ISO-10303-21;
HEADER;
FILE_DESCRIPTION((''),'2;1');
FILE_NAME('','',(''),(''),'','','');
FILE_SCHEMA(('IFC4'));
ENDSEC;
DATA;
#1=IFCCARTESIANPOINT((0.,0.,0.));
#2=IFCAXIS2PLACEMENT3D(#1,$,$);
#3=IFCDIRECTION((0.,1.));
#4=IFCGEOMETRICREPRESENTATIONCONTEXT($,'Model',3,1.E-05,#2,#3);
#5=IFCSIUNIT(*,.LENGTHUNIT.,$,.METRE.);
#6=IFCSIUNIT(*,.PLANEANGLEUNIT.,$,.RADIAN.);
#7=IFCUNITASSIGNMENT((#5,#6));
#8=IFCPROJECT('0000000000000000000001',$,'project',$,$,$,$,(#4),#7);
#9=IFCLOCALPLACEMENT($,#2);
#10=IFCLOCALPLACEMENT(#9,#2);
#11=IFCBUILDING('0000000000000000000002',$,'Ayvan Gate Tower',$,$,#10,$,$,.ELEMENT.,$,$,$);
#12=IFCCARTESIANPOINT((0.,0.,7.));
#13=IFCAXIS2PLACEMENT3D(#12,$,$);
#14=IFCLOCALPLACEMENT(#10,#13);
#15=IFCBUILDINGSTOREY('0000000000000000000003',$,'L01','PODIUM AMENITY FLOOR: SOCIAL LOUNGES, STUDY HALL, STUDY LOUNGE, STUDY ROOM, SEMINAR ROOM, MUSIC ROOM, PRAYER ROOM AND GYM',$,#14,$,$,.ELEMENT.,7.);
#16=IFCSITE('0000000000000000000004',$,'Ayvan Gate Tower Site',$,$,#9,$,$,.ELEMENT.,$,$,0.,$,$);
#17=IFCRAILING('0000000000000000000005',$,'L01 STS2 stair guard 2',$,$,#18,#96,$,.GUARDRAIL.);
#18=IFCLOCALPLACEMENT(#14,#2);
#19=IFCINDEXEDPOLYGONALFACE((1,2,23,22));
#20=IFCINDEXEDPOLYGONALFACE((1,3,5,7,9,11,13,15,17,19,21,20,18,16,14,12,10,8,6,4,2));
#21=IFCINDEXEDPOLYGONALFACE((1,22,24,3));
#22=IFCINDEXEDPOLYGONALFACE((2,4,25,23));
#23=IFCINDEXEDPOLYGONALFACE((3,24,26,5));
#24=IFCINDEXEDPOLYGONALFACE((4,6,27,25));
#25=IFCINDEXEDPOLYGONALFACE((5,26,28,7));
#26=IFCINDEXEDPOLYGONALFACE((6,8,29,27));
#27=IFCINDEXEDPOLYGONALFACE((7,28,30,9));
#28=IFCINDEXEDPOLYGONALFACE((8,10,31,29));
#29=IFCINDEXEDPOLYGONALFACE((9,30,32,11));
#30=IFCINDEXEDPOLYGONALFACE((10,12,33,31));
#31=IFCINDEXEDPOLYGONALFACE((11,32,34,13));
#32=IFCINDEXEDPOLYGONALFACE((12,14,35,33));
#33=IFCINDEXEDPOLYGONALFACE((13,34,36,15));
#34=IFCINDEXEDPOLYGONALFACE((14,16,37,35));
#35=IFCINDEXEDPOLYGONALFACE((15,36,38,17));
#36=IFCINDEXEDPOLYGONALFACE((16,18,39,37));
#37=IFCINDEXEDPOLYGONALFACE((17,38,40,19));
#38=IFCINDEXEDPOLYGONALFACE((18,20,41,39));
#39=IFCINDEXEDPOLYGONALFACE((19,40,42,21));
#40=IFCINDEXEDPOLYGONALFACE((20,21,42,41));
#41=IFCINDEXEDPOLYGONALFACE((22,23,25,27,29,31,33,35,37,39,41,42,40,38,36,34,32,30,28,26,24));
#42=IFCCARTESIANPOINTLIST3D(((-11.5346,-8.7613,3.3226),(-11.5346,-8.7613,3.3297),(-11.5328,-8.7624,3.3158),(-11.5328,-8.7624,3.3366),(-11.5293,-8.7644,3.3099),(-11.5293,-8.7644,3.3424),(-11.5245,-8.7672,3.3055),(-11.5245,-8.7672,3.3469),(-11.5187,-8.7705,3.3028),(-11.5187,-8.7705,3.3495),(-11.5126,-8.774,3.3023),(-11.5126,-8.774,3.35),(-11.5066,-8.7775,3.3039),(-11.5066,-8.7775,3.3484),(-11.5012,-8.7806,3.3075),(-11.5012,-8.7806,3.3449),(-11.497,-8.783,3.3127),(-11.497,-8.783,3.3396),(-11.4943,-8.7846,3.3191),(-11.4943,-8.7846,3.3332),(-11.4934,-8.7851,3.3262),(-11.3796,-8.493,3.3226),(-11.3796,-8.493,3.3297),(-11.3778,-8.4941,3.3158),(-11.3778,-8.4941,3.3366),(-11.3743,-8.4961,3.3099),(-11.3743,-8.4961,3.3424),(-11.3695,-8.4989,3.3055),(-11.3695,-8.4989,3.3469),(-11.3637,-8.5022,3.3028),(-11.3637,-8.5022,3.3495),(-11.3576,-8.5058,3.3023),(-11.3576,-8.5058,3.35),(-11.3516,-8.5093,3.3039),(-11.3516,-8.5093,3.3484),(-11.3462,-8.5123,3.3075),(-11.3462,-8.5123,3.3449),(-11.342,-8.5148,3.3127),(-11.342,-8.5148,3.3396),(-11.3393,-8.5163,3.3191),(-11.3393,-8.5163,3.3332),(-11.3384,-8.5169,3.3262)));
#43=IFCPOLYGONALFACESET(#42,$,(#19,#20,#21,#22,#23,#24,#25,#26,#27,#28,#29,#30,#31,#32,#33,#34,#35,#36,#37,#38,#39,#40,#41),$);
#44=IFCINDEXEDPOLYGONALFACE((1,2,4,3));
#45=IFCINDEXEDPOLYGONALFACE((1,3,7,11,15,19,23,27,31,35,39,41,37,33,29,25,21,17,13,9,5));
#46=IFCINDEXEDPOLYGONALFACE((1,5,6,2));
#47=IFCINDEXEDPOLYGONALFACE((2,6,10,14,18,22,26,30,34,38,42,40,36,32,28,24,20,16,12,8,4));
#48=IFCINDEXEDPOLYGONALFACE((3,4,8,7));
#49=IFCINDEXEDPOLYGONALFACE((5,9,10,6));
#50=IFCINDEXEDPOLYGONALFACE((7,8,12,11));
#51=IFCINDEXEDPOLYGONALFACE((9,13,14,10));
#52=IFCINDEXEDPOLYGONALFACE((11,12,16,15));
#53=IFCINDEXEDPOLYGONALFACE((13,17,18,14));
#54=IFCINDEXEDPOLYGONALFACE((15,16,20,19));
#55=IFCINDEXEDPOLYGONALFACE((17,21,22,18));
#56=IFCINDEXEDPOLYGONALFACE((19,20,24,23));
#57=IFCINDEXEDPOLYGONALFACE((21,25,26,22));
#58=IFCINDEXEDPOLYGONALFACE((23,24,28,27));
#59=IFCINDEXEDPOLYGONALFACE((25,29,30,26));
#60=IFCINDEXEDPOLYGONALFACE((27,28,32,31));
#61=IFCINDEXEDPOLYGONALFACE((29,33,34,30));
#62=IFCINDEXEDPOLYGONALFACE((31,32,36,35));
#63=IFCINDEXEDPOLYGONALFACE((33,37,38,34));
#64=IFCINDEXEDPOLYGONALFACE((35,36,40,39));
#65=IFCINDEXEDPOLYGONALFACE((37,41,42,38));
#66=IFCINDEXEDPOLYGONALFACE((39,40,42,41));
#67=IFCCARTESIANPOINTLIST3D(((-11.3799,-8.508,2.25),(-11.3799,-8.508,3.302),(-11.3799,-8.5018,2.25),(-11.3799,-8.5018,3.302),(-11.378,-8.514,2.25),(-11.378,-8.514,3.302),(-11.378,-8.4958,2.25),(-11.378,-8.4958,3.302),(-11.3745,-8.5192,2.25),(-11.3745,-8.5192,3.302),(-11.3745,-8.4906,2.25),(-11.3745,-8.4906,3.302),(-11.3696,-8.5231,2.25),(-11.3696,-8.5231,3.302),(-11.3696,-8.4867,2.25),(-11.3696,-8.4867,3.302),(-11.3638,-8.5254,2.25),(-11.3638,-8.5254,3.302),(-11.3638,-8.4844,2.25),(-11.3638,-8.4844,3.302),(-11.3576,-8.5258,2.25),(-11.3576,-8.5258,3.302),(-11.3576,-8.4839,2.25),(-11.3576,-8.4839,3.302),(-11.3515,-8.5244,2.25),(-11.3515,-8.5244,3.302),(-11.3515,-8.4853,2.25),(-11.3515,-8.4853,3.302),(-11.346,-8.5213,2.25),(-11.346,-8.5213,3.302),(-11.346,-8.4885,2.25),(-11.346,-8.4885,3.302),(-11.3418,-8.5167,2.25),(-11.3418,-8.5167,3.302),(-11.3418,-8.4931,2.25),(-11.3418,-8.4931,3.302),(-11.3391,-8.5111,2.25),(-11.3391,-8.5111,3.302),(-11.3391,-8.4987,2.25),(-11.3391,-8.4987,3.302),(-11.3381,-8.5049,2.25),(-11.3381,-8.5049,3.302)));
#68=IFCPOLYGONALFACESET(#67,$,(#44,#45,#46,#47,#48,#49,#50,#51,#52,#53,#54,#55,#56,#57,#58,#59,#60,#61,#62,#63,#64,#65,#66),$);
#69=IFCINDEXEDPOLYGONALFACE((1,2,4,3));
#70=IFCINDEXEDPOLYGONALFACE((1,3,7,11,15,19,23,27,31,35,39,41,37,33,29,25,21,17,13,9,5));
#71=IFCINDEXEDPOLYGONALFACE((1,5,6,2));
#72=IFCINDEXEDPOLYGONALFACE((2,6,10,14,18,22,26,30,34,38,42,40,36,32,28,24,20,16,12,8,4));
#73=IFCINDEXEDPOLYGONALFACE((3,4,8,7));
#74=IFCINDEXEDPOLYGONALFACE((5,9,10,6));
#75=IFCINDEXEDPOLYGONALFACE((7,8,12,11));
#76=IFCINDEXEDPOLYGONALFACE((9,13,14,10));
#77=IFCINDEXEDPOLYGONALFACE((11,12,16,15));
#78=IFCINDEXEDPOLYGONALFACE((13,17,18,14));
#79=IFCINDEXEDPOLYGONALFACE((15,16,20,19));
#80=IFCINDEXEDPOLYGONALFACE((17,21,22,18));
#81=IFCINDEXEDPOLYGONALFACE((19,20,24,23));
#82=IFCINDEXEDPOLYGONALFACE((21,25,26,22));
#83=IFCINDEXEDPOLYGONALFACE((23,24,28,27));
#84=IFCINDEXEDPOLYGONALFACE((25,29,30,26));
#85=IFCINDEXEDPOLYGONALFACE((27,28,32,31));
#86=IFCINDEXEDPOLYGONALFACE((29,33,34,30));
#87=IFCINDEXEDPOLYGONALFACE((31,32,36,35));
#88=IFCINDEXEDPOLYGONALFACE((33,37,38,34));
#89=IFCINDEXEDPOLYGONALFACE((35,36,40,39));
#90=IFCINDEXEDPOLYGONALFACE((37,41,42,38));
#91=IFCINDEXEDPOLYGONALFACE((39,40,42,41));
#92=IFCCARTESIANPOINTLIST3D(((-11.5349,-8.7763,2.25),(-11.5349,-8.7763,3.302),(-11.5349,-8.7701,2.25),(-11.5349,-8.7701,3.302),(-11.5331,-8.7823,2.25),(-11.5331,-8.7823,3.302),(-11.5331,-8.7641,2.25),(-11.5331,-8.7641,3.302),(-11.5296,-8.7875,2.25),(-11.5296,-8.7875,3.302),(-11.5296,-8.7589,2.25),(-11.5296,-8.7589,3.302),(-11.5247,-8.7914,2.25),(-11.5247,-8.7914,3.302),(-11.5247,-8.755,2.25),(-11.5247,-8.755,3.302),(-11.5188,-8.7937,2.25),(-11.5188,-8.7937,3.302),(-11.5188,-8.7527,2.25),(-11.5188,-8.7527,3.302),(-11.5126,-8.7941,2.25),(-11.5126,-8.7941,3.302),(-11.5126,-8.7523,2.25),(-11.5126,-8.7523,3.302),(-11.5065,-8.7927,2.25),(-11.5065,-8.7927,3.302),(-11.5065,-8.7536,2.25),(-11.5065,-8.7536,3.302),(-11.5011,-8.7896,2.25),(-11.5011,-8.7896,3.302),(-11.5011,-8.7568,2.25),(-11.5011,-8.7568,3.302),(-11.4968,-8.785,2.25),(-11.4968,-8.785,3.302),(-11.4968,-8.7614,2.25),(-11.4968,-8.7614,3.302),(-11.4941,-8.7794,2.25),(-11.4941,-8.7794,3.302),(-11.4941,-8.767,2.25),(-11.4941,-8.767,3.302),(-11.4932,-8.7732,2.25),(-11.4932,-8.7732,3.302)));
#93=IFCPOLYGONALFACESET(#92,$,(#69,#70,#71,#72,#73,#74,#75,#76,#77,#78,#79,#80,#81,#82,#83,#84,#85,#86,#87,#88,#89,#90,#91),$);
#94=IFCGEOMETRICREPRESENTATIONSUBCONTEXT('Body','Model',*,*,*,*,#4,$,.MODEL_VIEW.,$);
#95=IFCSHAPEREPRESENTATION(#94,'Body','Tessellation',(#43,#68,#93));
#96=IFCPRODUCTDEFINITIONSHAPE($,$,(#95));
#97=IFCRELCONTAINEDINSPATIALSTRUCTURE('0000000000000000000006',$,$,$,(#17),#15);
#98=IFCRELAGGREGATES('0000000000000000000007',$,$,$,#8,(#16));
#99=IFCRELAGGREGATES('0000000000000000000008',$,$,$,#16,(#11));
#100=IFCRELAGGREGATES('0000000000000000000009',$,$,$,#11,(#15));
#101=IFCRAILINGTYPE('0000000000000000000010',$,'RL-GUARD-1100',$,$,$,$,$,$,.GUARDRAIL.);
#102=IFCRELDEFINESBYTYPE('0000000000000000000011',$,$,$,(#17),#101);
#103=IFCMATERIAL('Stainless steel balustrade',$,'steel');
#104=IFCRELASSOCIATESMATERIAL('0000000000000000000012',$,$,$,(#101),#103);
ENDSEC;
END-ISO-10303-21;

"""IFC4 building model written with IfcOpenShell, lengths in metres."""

from ifc_helpers import new_model, si_unit, direction, frame, origin, origin_2d, place, context, subcontext, project, spatial, circle, extrude, material, type_object, element, save


model = new_model("IFC4")

# Units and contexts
model_context = context("Model", 3, precision=1e-05, world=origin(), true_north=direction((0.0, 1.0)))
body_context = subcontext(model_context, "Body", "Model", "MODEL_VIEW")
ifc_project = project(units=[si_unit("LENGTHUNIT", "METRE"), si_unit("PLANEANGLEUNIT", "RADIAN")], contexts=[model_context])

# Site, building, storey
site_placement = place(None, origin())
site = spatial("IfcSite", under=ifc_project, at=site_placement, Name="Ayvan Gate Tower Site", CompositionType="ELEMENT", RefElevation=0.0)
building_placement = place(site_placement, origin())
building = spatial("IfcBuilding", under=site, at=building_placement, Name="Ayvan Gate Tower", CompositionType="ELEMENT")
storey_placement = place(building_placement, frame((0.0, 0.0, 7.0)))
storey = spatial("IfcBuildingStorey", under=building, at=storey_placement, Name="L01", Description="PODIUM AMENITY FLOOR: SOCIAL LOUNGES, STUDY HALL, STUDY LOUNGE, STUDY ROOM, SEMINAR ROOM, MUSIC ROOM, PRAYER ROOM AND GYM", CompositionType="ELEMENT", Elevation=7.0)

# Railing
ifc_material_1 = material(Name="Stainless steel balustrade", Category="steel")
railing_type_1 = type_object("IfcRailingType", Name="RL-GUARD-1100", PredefinedType="GUARDRAIL", material=ifc_material_1)
railing_1_placement = place(storey_placement, frame((-11.3591, -8.5049, 2.25)))
element("IfcRailing", 1, at=railing_1_placement, inside=storey, type_object=railing_type_1, Name="L01 STS2 stair guard 2", PredefinedType="GUARDRAIL", context=body_context, shape_type="SweptSolid", body=[
    extrude(circle(Radius=0.0239, at=origin_2d()), frame((0.0, 0.0, 1.0762), z_axis=(-0.500291, -0.865857, 0.0), x_axis=(0.865857, -0.500291, 0.0)), (0.0, 0.0, 1.0), 0.3098),
    extrude(circle(Radius=0.021, at=origin_2d()), origin(), (0.0, 0.0, 1.0), 1.052),
    extrude(circle(Radius=0.021, at=origin_2d()), frame((-0.155, -0.2683, 0.0)), (0.0, 0.0, 1.0), 1.052),
])

save(model, "model.ifc")
